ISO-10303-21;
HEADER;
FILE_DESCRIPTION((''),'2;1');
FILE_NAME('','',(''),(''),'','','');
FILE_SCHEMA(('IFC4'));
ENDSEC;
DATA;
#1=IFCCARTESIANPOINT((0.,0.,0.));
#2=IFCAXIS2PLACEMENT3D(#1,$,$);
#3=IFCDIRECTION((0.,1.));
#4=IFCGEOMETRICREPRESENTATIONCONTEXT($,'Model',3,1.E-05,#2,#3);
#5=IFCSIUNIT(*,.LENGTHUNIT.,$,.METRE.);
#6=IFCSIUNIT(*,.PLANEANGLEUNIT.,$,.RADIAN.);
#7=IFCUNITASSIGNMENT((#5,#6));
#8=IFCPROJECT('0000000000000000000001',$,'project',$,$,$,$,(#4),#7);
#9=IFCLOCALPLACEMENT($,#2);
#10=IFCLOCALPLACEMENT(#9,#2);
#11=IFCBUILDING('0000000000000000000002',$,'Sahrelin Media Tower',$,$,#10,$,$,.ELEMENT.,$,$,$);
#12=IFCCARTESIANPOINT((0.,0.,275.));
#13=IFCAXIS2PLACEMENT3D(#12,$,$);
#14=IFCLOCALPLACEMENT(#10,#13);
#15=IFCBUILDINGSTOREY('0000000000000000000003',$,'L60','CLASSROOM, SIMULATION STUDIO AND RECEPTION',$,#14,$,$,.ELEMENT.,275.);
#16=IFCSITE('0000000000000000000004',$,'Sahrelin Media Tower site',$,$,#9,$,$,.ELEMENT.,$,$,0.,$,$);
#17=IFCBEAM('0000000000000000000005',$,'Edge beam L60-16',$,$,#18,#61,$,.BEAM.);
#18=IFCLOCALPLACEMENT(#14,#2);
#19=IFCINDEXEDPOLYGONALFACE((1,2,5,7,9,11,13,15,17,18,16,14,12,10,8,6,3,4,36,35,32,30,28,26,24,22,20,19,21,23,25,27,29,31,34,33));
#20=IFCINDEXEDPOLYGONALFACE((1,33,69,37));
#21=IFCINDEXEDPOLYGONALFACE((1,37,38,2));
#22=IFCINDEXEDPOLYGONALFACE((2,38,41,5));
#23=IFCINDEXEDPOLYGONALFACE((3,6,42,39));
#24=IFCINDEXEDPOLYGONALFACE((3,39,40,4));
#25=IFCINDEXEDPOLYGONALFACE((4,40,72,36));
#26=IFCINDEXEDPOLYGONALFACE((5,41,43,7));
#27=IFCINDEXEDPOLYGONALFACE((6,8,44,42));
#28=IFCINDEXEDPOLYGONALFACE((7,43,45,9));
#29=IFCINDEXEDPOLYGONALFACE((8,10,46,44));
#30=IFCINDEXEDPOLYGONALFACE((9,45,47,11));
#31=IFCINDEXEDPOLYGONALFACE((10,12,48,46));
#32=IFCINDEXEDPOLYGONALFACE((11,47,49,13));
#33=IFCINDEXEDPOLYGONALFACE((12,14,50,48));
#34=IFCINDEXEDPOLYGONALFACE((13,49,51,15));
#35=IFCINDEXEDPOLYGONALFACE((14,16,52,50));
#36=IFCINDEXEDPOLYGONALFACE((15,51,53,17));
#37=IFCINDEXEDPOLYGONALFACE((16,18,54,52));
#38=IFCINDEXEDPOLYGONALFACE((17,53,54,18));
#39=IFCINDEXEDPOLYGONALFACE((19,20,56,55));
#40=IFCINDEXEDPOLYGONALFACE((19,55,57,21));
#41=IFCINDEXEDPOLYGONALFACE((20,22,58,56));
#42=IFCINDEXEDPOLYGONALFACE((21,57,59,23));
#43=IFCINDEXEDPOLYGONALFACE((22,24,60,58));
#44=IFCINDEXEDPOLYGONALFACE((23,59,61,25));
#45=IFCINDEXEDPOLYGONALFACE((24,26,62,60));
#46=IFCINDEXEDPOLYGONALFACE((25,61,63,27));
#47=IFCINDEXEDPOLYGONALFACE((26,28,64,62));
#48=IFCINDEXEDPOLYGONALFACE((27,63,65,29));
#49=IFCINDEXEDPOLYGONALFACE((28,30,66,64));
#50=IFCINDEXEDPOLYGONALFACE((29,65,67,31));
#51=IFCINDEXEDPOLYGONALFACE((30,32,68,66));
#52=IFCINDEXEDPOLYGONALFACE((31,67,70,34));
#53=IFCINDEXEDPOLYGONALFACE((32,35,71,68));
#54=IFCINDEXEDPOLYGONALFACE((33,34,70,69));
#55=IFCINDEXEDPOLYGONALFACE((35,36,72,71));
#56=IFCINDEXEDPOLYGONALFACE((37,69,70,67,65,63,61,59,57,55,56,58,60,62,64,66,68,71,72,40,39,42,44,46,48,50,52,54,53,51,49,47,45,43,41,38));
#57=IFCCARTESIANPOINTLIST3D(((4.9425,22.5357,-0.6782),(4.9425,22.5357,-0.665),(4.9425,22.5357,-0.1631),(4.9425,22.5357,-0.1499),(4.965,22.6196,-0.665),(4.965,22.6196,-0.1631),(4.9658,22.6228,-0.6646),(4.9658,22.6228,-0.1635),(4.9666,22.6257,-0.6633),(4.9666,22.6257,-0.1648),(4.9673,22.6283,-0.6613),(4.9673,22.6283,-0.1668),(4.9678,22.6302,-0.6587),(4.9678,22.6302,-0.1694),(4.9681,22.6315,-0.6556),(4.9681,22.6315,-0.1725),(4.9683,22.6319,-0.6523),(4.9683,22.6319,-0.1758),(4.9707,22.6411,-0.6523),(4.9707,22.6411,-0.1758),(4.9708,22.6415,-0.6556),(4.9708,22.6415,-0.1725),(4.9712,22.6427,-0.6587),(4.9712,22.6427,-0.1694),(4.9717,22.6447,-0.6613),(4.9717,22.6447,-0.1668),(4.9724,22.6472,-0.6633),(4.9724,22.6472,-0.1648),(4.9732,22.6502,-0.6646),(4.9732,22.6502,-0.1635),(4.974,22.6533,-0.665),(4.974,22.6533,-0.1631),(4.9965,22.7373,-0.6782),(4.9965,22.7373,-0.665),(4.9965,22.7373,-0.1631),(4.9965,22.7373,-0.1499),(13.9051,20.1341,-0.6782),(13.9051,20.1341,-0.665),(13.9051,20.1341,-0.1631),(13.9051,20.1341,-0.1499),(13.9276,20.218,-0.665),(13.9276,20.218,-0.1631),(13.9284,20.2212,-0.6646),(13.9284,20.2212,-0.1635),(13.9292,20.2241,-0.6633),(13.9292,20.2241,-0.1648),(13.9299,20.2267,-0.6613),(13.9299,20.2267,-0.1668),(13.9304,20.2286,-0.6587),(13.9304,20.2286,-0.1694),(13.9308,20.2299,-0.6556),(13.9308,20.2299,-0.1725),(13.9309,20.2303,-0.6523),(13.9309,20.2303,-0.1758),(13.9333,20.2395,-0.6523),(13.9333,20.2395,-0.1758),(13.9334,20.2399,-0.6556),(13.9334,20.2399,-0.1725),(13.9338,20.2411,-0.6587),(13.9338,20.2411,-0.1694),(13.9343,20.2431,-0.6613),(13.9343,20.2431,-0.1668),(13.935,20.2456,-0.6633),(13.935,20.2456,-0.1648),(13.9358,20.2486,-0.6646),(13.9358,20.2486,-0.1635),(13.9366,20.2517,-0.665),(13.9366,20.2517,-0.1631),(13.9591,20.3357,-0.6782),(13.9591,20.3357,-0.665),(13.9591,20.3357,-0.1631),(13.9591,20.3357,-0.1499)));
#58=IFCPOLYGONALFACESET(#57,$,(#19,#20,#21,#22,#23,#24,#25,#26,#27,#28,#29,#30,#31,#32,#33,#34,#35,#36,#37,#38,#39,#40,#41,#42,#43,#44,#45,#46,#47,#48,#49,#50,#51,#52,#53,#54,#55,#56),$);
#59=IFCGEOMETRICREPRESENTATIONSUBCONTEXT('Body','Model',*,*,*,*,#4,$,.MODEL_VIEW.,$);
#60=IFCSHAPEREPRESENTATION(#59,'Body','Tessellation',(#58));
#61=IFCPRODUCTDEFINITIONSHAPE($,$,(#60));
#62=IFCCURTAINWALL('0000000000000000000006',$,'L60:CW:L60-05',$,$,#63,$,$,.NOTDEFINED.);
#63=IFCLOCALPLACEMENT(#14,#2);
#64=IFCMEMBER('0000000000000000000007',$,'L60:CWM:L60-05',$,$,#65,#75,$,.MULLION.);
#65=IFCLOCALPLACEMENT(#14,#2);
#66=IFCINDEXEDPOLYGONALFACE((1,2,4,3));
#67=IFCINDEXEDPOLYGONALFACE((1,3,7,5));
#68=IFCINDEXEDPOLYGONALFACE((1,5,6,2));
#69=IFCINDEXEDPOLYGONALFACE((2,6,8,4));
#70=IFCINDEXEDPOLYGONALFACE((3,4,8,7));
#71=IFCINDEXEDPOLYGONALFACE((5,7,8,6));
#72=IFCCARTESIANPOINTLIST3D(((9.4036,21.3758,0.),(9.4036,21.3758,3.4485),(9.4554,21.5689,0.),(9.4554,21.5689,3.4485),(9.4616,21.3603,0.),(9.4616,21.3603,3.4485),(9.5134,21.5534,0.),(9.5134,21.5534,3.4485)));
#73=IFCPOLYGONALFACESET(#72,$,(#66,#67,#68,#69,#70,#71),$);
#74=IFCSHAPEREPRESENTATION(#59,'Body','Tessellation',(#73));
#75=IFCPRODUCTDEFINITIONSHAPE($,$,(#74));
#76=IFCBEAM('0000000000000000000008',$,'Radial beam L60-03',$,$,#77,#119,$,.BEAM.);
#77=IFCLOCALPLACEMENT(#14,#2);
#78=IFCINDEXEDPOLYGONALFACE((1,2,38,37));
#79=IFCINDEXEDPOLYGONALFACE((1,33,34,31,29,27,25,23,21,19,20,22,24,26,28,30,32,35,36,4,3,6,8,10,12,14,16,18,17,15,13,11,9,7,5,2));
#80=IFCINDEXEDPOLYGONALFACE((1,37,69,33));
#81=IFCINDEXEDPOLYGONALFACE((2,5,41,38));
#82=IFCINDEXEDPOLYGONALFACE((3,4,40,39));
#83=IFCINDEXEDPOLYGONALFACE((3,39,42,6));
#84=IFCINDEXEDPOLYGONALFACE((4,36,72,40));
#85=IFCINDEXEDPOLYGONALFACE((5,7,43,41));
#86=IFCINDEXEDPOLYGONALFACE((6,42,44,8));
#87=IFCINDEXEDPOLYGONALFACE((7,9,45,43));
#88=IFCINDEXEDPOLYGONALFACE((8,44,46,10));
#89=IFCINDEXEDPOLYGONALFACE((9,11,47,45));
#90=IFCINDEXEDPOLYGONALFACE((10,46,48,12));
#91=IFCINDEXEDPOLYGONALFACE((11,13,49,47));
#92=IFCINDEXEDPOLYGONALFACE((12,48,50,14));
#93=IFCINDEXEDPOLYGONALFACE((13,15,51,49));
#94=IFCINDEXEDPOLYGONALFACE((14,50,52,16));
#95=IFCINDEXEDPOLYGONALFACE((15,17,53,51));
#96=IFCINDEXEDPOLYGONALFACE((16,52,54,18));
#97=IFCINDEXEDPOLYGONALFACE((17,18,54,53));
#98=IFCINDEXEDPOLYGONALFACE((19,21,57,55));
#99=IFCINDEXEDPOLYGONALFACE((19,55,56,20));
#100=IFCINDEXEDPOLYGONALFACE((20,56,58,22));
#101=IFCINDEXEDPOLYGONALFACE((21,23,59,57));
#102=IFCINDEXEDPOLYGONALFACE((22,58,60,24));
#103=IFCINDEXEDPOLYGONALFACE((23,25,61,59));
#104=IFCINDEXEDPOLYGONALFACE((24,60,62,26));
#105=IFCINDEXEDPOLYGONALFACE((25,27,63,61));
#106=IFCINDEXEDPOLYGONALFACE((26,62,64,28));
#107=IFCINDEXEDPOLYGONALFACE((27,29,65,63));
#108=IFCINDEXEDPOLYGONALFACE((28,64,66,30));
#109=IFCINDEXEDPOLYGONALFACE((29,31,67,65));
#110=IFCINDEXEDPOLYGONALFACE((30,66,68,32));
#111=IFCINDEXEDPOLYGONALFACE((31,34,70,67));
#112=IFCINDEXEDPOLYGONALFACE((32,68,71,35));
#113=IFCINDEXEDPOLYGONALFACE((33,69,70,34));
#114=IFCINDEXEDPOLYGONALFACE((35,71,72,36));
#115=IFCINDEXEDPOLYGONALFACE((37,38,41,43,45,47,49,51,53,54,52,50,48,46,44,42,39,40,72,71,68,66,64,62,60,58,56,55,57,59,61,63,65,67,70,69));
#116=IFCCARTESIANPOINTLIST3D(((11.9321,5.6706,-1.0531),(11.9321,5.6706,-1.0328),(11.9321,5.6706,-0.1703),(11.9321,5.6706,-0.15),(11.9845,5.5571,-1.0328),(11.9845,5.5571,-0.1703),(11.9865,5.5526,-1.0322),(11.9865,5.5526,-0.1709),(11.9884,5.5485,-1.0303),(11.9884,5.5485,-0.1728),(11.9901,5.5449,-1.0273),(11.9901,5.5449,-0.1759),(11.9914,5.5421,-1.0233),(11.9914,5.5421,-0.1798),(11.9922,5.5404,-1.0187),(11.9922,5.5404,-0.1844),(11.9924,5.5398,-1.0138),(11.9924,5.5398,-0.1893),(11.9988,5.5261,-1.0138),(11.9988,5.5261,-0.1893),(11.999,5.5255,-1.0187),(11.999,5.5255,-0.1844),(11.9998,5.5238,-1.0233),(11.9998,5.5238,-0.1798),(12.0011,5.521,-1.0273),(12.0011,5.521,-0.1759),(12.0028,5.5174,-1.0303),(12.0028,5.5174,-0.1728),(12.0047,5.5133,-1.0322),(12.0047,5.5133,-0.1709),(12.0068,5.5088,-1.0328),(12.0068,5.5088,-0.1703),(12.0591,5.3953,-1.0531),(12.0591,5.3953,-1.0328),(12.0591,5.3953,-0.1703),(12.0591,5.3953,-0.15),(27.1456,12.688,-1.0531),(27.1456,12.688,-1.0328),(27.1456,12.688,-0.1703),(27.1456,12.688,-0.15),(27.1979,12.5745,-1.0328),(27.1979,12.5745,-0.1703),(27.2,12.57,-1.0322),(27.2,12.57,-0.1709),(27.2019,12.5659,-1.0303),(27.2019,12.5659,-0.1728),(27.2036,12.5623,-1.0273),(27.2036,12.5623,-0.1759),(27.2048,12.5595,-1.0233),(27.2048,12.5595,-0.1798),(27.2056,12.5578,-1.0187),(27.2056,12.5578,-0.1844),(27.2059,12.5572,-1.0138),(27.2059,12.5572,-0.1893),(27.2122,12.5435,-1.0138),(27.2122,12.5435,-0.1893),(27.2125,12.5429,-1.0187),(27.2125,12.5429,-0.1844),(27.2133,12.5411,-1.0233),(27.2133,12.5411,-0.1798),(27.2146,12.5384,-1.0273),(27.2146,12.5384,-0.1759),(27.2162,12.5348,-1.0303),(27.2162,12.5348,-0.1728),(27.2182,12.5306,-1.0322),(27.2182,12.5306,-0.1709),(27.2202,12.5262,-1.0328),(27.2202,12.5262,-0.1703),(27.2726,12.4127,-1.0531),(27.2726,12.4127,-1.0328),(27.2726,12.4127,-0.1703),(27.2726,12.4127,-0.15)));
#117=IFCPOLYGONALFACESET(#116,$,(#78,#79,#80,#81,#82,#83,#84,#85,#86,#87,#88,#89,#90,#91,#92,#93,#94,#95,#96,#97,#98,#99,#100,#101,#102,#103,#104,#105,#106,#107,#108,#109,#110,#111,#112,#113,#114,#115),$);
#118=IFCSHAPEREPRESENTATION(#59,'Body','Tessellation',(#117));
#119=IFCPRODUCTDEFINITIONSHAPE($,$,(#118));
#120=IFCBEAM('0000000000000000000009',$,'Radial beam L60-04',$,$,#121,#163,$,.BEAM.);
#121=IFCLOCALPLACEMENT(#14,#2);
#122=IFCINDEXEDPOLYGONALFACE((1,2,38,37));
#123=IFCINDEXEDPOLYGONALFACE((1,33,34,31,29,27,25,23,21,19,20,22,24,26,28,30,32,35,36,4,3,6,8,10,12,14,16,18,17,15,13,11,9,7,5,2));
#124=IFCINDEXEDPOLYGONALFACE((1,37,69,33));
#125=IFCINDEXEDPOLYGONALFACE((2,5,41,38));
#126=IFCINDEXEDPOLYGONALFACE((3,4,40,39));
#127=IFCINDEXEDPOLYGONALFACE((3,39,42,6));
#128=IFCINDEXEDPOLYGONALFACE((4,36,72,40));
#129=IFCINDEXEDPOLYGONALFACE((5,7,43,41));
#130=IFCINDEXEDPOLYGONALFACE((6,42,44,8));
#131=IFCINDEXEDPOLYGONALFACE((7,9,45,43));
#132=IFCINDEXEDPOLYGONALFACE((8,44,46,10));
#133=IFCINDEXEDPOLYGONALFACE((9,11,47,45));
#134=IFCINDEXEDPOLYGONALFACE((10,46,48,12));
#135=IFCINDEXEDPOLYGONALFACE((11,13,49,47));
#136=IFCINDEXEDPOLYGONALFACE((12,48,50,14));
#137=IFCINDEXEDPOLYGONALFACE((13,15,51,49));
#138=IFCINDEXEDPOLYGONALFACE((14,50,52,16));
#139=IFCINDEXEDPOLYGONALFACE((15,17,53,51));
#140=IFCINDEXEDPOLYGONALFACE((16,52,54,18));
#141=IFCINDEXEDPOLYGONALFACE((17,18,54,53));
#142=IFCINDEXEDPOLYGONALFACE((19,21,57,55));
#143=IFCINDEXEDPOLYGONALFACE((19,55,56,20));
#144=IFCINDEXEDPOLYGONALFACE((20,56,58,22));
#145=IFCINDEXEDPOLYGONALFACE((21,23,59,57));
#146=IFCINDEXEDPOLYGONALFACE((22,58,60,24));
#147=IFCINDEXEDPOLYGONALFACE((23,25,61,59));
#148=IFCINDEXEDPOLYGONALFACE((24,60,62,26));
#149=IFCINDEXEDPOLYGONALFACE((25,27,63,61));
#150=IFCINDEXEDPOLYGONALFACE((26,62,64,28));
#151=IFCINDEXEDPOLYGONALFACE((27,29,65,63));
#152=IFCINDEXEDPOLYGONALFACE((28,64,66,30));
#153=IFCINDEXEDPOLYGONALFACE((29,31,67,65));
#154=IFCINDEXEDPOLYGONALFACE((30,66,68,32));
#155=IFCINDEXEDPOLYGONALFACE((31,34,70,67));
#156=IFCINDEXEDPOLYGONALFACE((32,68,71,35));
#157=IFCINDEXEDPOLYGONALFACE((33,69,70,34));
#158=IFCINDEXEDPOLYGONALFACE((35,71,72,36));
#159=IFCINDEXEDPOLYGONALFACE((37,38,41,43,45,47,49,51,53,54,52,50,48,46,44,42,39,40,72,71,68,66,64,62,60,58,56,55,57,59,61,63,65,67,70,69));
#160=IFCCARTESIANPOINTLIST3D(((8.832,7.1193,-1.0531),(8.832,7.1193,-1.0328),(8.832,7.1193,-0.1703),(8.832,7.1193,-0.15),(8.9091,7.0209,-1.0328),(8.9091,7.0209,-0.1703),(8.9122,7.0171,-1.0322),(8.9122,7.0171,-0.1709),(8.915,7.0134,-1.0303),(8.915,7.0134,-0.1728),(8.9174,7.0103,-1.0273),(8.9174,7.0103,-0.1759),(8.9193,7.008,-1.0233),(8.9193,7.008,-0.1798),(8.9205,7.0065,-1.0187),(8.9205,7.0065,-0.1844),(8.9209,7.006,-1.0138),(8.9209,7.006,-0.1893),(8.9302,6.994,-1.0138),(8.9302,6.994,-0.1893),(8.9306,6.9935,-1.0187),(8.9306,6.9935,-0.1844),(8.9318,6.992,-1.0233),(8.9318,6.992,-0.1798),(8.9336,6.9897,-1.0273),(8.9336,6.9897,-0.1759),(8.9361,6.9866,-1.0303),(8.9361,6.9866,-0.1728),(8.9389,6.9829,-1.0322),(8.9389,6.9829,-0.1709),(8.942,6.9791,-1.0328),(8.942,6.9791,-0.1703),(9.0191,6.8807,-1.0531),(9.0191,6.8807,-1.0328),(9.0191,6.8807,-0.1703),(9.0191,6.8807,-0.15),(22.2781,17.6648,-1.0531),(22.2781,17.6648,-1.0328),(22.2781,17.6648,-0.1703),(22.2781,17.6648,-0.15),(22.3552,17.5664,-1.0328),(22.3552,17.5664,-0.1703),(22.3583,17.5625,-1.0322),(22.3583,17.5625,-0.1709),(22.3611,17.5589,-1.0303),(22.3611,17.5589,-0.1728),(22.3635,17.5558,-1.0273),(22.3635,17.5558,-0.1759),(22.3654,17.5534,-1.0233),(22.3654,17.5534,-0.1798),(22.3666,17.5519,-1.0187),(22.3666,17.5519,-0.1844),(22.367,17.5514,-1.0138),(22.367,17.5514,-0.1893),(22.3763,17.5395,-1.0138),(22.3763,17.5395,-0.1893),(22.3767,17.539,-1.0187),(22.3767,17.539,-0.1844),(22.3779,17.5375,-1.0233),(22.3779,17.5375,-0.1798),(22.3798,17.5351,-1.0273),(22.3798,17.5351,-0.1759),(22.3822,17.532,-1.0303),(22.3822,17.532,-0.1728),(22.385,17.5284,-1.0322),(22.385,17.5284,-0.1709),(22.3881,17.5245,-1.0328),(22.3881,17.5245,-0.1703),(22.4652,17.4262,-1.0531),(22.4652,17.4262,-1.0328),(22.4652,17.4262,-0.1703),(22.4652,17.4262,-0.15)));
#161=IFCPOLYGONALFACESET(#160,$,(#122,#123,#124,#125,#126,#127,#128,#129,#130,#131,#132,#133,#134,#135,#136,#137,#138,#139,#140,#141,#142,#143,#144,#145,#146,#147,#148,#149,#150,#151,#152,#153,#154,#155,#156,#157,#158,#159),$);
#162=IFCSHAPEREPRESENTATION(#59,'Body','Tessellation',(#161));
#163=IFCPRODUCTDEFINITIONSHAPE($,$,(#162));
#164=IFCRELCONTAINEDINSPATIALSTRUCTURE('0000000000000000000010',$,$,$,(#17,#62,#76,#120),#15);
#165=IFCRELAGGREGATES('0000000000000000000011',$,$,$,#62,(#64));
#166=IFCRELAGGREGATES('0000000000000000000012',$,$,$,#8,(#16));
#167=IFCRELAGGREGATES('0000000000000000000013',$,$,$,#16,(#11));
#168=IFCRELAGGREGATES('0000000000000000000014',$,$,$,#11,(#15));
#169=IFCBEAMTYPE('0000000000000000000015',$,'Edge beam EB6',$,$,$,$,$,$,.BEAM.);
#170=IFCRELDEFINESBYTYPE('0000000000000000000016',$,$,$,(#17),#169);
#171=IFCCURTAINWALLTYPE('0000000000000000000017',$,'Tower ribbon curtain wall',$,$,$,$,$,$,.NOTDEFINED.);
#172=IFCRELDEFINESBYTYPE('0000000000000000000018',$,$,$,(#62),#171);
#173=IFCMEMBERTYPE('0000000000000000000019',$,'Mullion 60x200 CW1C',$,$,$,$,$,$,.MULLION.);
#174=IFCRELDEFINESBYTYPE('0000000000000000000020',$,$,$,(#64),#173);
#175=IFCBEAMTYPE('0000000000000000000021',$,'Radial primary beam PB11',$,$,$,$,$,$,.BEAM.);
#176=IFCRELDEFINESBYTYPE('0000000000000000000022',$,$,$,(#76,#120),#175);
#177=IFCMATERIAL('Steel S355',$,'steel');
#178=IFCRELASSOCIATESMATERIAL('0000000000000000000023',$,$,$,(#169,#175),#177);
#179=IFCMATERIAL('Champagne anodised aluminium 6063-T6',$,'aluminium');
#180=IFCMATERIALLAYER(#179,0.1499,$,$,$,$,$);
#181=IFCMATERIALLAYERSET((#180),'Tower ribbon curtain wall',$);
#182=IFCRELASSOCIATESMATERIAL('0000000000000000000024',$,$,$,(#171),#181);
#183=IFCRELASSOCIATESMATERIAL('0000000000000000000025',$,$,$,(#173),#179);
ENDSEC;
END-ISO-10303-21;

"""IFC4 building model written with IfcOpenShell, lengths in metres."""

from ifc_helpers import new_model, si_unit, direction, frame, origin, origin_2d, place, context, subcontext, project, spatial, rectangle, i_section, extrude, material, layer, layer_set, material_profile, profile_set, type_object, element, aggregate, save


model = new_model("IFC4")

# Units and contexts
model_context = context("Model", 3, precision=1e-05, world=origin(), true_north=direction((0.0, 1.0)))
body_context = subcontext(model_context, "Body", "Model", "MODEL_VIEW")
ifc_project = project(units=[si_unit("LENGTHUNIT", "METRE"), si_unit("PLANEANGLEUNIT", "RADIAN")], contexts=[model_context])

# Site, building, storey
site_placement = place(None, origin())
site = spatial("IfcSite", under=ifc_project, at=site_placement, Name="Sahrelin Media Tower site", CompositionType="ELEMENT", RefElevation=0.0)
building_placement = place(site_placement, origin())
building = spatial("IfcBuilding", under=site, at=building_placement, Name="Sahrelin Media Tower", CompositionType="ELEMENT")
storey_placement = place(building_placement, frame((0.0, 0.0, 275.0)))
storey = spatial("IfcBuildingStorey", under=building, at=storey_placement, Name="L60", Description="CLASSROOM, SIMULATION STUDIO AND RECEPTION", CompositionType="ELEMENT", Elevation=275.0)

# Beam
ifc_material_1 = material(Name="Steel S355", Category="steel")
ifc_material_profile_1 = material_profile(ifc_material_1, i_section(OverallWidth=0.2087, OverallDepth=0.5283, WebThickness=0.0095, FlangeThickness=0.0132, FilletRadius=0.0127, at=origin_2d()), Name="UB 533x210x82")
ifc_profile_set_1 = profile_set([ifc_material_profile_1], Name="Steel S355")
beam_type_1 = type_object("IfcBeamType", Name="Edge beam EB6", PredefinedType="BEAM", material=ifc_profile_set_1)
beam_1_placement = place(storey_placement, frame((4.9695, 22.6365, -0.4141), z_axis=(0.965924, -0.258827, 0.0), x_axis=(0.258827, 0.965924, 0.0)))
element("IfcBeam", 1, at=beam_1_placement, inside=storey, type_object=beam_type_1, Name="Edge beam L60-16", PredefinedType="BEAM", context=body_context, shape_type="SweptSolid", body=[
    extrude(i_section(OverallWidth=0.2087, OverallDepth=0.5283, WebThickness=0.0095, FlangeThickness=0.0132, FilletRadius=0.0127, at=origin_2d()), origin(), (0.0, 0.0, 1.0), 9.2788),
])

# Curtain wall, member
ifc_material_2 = material(Name="Champagne anodised aluminium 6063-T6", Category="aluminium")
ifc_layer_1 = layer(ifc_material_2, 0.1499)
ifc_layer_set_1 = layer_set([ifc_layer_1], Name="Tower ribbon curtain wall")
curtain_wall_type = type_object("IfcCurtainWallType", Name="Tower ribbon curtain wall", PredefinedType="NOTDEFINED", material=ifc_layer_set_1)
curtain_wall_1_placement = place(storey_placement, frame((9.4895, 21.5806, 0.0), z_axis=(0.0, 0.0, 1.0), x_axis=(1.0, 0.0, 0.0)))
curtain_wall_1 = element("IfcCurtainWall", 2, at=curtain_wall_1_placement, inside=storey, type_object=curtain_wall_type, Name="L60:CW:L60-05", PredefinedType="NOTDEFINED")
ifc_material_profile_2 = material_profile(ifc_material_2, rectangle(XDim=0.0601, YDim=0.2, at=origin_2d()), Name="Mullion 60x200")
ifc_profile_set_2 = profile_set([ifc_material_profile_2], Name="Champagne anodised aluminium 6063-T6")
member_type_1 = type_object("IfcMemberType", Name="Mullion 60x200 CW1C", PredefinedType="MULLION", material=ifc_profile_set_2)
member_1_placement = place(storey_placement, frame((9.4585, 21.4646, 0.0), z_axis=(0.0, 0.0, 1.0), x_axis=(-0.965925, 0.258822, 0.0)))
member_1 = element("IfcMember", 3, at=member_1_placement, type_object=member_type_1, Name="L60:CWM:L60-05", PredefinedType="MULLION", context=body_context, shape_type="SweptSolid", body=[
    extrude(rectangle(XDim=0.0601, YDim=0.2, at=origin_2d()), origin(), (0.0, 0.0, 1.0), 3.4485),
])
aggregate(curtain_wall_1, [member_1])

# Beams
ifc_material_profile_3 = material_profile(ifc_material_1, i_section(OverallWidth=0.3032, OverallDepth=0.9031, WebThickness=0.0151, FlangeThickness=0.0203, FilletRadius=0.019, at=origin_2d()), Name="UB 914x305x201")
ifc_profile_set_3 = profile_set([ifc_material_profile_3], Name="Steel S355")
beam_type_2 = type_object("IfcBeamType", Name="Radial primary beam PB11", PredefinedType="BEAM", material=ifc_profile_set_3)
beam_2_placement = place(storey_placement, frame((11.9956, 5.533, -0.6016), z_axis=(0.908055, 0.41885, 0.0), x_axis=(-0.41885, 0.908055, 0.0)))
element("IfcBeam", 4, at=beam_2_placement, inside=storey, type_object=beam_type_2, Name="Radial beam L60-03", PredefinedType="BEAM", context=body_context, shape_type="SweptSolid", body=[
    extrude(i_section(OverallWidth=0.3032, OverallDepth=0.9031, WebThickness=0.0151, FlangeThickness=0.0203, FilletRadius=0.019, at=origin_2d()), origin(), (0.0, 0.0, 1.0), 16.7539),
])
beam_3_placement = place(storey_placement, frame((8.9255, 7.0, -0.6016), z_axis=(0.786868, 0.617122, 0.0), x_axis=(-0.617122, 0.786868, 0.0)))
element("IfcBeam", 5, at=beam_3_placement, inside=storey, type_object=beam_type_2, Name="Radial beam L60-04", PredefinedType="BEAM", context=body_context, shape_type="SweptSolid", body=[
    extrude(i_section(OverallWidth=0.3032, OverallDepth=0.9031, WebThickness=0.0151, FlangeThickness=0.0203, FilletRadius=0.019, at=origin_2d()), origin(), (0.0, 0.0, 1.0), 17.0881),
])

save(model, "model.ifc")
